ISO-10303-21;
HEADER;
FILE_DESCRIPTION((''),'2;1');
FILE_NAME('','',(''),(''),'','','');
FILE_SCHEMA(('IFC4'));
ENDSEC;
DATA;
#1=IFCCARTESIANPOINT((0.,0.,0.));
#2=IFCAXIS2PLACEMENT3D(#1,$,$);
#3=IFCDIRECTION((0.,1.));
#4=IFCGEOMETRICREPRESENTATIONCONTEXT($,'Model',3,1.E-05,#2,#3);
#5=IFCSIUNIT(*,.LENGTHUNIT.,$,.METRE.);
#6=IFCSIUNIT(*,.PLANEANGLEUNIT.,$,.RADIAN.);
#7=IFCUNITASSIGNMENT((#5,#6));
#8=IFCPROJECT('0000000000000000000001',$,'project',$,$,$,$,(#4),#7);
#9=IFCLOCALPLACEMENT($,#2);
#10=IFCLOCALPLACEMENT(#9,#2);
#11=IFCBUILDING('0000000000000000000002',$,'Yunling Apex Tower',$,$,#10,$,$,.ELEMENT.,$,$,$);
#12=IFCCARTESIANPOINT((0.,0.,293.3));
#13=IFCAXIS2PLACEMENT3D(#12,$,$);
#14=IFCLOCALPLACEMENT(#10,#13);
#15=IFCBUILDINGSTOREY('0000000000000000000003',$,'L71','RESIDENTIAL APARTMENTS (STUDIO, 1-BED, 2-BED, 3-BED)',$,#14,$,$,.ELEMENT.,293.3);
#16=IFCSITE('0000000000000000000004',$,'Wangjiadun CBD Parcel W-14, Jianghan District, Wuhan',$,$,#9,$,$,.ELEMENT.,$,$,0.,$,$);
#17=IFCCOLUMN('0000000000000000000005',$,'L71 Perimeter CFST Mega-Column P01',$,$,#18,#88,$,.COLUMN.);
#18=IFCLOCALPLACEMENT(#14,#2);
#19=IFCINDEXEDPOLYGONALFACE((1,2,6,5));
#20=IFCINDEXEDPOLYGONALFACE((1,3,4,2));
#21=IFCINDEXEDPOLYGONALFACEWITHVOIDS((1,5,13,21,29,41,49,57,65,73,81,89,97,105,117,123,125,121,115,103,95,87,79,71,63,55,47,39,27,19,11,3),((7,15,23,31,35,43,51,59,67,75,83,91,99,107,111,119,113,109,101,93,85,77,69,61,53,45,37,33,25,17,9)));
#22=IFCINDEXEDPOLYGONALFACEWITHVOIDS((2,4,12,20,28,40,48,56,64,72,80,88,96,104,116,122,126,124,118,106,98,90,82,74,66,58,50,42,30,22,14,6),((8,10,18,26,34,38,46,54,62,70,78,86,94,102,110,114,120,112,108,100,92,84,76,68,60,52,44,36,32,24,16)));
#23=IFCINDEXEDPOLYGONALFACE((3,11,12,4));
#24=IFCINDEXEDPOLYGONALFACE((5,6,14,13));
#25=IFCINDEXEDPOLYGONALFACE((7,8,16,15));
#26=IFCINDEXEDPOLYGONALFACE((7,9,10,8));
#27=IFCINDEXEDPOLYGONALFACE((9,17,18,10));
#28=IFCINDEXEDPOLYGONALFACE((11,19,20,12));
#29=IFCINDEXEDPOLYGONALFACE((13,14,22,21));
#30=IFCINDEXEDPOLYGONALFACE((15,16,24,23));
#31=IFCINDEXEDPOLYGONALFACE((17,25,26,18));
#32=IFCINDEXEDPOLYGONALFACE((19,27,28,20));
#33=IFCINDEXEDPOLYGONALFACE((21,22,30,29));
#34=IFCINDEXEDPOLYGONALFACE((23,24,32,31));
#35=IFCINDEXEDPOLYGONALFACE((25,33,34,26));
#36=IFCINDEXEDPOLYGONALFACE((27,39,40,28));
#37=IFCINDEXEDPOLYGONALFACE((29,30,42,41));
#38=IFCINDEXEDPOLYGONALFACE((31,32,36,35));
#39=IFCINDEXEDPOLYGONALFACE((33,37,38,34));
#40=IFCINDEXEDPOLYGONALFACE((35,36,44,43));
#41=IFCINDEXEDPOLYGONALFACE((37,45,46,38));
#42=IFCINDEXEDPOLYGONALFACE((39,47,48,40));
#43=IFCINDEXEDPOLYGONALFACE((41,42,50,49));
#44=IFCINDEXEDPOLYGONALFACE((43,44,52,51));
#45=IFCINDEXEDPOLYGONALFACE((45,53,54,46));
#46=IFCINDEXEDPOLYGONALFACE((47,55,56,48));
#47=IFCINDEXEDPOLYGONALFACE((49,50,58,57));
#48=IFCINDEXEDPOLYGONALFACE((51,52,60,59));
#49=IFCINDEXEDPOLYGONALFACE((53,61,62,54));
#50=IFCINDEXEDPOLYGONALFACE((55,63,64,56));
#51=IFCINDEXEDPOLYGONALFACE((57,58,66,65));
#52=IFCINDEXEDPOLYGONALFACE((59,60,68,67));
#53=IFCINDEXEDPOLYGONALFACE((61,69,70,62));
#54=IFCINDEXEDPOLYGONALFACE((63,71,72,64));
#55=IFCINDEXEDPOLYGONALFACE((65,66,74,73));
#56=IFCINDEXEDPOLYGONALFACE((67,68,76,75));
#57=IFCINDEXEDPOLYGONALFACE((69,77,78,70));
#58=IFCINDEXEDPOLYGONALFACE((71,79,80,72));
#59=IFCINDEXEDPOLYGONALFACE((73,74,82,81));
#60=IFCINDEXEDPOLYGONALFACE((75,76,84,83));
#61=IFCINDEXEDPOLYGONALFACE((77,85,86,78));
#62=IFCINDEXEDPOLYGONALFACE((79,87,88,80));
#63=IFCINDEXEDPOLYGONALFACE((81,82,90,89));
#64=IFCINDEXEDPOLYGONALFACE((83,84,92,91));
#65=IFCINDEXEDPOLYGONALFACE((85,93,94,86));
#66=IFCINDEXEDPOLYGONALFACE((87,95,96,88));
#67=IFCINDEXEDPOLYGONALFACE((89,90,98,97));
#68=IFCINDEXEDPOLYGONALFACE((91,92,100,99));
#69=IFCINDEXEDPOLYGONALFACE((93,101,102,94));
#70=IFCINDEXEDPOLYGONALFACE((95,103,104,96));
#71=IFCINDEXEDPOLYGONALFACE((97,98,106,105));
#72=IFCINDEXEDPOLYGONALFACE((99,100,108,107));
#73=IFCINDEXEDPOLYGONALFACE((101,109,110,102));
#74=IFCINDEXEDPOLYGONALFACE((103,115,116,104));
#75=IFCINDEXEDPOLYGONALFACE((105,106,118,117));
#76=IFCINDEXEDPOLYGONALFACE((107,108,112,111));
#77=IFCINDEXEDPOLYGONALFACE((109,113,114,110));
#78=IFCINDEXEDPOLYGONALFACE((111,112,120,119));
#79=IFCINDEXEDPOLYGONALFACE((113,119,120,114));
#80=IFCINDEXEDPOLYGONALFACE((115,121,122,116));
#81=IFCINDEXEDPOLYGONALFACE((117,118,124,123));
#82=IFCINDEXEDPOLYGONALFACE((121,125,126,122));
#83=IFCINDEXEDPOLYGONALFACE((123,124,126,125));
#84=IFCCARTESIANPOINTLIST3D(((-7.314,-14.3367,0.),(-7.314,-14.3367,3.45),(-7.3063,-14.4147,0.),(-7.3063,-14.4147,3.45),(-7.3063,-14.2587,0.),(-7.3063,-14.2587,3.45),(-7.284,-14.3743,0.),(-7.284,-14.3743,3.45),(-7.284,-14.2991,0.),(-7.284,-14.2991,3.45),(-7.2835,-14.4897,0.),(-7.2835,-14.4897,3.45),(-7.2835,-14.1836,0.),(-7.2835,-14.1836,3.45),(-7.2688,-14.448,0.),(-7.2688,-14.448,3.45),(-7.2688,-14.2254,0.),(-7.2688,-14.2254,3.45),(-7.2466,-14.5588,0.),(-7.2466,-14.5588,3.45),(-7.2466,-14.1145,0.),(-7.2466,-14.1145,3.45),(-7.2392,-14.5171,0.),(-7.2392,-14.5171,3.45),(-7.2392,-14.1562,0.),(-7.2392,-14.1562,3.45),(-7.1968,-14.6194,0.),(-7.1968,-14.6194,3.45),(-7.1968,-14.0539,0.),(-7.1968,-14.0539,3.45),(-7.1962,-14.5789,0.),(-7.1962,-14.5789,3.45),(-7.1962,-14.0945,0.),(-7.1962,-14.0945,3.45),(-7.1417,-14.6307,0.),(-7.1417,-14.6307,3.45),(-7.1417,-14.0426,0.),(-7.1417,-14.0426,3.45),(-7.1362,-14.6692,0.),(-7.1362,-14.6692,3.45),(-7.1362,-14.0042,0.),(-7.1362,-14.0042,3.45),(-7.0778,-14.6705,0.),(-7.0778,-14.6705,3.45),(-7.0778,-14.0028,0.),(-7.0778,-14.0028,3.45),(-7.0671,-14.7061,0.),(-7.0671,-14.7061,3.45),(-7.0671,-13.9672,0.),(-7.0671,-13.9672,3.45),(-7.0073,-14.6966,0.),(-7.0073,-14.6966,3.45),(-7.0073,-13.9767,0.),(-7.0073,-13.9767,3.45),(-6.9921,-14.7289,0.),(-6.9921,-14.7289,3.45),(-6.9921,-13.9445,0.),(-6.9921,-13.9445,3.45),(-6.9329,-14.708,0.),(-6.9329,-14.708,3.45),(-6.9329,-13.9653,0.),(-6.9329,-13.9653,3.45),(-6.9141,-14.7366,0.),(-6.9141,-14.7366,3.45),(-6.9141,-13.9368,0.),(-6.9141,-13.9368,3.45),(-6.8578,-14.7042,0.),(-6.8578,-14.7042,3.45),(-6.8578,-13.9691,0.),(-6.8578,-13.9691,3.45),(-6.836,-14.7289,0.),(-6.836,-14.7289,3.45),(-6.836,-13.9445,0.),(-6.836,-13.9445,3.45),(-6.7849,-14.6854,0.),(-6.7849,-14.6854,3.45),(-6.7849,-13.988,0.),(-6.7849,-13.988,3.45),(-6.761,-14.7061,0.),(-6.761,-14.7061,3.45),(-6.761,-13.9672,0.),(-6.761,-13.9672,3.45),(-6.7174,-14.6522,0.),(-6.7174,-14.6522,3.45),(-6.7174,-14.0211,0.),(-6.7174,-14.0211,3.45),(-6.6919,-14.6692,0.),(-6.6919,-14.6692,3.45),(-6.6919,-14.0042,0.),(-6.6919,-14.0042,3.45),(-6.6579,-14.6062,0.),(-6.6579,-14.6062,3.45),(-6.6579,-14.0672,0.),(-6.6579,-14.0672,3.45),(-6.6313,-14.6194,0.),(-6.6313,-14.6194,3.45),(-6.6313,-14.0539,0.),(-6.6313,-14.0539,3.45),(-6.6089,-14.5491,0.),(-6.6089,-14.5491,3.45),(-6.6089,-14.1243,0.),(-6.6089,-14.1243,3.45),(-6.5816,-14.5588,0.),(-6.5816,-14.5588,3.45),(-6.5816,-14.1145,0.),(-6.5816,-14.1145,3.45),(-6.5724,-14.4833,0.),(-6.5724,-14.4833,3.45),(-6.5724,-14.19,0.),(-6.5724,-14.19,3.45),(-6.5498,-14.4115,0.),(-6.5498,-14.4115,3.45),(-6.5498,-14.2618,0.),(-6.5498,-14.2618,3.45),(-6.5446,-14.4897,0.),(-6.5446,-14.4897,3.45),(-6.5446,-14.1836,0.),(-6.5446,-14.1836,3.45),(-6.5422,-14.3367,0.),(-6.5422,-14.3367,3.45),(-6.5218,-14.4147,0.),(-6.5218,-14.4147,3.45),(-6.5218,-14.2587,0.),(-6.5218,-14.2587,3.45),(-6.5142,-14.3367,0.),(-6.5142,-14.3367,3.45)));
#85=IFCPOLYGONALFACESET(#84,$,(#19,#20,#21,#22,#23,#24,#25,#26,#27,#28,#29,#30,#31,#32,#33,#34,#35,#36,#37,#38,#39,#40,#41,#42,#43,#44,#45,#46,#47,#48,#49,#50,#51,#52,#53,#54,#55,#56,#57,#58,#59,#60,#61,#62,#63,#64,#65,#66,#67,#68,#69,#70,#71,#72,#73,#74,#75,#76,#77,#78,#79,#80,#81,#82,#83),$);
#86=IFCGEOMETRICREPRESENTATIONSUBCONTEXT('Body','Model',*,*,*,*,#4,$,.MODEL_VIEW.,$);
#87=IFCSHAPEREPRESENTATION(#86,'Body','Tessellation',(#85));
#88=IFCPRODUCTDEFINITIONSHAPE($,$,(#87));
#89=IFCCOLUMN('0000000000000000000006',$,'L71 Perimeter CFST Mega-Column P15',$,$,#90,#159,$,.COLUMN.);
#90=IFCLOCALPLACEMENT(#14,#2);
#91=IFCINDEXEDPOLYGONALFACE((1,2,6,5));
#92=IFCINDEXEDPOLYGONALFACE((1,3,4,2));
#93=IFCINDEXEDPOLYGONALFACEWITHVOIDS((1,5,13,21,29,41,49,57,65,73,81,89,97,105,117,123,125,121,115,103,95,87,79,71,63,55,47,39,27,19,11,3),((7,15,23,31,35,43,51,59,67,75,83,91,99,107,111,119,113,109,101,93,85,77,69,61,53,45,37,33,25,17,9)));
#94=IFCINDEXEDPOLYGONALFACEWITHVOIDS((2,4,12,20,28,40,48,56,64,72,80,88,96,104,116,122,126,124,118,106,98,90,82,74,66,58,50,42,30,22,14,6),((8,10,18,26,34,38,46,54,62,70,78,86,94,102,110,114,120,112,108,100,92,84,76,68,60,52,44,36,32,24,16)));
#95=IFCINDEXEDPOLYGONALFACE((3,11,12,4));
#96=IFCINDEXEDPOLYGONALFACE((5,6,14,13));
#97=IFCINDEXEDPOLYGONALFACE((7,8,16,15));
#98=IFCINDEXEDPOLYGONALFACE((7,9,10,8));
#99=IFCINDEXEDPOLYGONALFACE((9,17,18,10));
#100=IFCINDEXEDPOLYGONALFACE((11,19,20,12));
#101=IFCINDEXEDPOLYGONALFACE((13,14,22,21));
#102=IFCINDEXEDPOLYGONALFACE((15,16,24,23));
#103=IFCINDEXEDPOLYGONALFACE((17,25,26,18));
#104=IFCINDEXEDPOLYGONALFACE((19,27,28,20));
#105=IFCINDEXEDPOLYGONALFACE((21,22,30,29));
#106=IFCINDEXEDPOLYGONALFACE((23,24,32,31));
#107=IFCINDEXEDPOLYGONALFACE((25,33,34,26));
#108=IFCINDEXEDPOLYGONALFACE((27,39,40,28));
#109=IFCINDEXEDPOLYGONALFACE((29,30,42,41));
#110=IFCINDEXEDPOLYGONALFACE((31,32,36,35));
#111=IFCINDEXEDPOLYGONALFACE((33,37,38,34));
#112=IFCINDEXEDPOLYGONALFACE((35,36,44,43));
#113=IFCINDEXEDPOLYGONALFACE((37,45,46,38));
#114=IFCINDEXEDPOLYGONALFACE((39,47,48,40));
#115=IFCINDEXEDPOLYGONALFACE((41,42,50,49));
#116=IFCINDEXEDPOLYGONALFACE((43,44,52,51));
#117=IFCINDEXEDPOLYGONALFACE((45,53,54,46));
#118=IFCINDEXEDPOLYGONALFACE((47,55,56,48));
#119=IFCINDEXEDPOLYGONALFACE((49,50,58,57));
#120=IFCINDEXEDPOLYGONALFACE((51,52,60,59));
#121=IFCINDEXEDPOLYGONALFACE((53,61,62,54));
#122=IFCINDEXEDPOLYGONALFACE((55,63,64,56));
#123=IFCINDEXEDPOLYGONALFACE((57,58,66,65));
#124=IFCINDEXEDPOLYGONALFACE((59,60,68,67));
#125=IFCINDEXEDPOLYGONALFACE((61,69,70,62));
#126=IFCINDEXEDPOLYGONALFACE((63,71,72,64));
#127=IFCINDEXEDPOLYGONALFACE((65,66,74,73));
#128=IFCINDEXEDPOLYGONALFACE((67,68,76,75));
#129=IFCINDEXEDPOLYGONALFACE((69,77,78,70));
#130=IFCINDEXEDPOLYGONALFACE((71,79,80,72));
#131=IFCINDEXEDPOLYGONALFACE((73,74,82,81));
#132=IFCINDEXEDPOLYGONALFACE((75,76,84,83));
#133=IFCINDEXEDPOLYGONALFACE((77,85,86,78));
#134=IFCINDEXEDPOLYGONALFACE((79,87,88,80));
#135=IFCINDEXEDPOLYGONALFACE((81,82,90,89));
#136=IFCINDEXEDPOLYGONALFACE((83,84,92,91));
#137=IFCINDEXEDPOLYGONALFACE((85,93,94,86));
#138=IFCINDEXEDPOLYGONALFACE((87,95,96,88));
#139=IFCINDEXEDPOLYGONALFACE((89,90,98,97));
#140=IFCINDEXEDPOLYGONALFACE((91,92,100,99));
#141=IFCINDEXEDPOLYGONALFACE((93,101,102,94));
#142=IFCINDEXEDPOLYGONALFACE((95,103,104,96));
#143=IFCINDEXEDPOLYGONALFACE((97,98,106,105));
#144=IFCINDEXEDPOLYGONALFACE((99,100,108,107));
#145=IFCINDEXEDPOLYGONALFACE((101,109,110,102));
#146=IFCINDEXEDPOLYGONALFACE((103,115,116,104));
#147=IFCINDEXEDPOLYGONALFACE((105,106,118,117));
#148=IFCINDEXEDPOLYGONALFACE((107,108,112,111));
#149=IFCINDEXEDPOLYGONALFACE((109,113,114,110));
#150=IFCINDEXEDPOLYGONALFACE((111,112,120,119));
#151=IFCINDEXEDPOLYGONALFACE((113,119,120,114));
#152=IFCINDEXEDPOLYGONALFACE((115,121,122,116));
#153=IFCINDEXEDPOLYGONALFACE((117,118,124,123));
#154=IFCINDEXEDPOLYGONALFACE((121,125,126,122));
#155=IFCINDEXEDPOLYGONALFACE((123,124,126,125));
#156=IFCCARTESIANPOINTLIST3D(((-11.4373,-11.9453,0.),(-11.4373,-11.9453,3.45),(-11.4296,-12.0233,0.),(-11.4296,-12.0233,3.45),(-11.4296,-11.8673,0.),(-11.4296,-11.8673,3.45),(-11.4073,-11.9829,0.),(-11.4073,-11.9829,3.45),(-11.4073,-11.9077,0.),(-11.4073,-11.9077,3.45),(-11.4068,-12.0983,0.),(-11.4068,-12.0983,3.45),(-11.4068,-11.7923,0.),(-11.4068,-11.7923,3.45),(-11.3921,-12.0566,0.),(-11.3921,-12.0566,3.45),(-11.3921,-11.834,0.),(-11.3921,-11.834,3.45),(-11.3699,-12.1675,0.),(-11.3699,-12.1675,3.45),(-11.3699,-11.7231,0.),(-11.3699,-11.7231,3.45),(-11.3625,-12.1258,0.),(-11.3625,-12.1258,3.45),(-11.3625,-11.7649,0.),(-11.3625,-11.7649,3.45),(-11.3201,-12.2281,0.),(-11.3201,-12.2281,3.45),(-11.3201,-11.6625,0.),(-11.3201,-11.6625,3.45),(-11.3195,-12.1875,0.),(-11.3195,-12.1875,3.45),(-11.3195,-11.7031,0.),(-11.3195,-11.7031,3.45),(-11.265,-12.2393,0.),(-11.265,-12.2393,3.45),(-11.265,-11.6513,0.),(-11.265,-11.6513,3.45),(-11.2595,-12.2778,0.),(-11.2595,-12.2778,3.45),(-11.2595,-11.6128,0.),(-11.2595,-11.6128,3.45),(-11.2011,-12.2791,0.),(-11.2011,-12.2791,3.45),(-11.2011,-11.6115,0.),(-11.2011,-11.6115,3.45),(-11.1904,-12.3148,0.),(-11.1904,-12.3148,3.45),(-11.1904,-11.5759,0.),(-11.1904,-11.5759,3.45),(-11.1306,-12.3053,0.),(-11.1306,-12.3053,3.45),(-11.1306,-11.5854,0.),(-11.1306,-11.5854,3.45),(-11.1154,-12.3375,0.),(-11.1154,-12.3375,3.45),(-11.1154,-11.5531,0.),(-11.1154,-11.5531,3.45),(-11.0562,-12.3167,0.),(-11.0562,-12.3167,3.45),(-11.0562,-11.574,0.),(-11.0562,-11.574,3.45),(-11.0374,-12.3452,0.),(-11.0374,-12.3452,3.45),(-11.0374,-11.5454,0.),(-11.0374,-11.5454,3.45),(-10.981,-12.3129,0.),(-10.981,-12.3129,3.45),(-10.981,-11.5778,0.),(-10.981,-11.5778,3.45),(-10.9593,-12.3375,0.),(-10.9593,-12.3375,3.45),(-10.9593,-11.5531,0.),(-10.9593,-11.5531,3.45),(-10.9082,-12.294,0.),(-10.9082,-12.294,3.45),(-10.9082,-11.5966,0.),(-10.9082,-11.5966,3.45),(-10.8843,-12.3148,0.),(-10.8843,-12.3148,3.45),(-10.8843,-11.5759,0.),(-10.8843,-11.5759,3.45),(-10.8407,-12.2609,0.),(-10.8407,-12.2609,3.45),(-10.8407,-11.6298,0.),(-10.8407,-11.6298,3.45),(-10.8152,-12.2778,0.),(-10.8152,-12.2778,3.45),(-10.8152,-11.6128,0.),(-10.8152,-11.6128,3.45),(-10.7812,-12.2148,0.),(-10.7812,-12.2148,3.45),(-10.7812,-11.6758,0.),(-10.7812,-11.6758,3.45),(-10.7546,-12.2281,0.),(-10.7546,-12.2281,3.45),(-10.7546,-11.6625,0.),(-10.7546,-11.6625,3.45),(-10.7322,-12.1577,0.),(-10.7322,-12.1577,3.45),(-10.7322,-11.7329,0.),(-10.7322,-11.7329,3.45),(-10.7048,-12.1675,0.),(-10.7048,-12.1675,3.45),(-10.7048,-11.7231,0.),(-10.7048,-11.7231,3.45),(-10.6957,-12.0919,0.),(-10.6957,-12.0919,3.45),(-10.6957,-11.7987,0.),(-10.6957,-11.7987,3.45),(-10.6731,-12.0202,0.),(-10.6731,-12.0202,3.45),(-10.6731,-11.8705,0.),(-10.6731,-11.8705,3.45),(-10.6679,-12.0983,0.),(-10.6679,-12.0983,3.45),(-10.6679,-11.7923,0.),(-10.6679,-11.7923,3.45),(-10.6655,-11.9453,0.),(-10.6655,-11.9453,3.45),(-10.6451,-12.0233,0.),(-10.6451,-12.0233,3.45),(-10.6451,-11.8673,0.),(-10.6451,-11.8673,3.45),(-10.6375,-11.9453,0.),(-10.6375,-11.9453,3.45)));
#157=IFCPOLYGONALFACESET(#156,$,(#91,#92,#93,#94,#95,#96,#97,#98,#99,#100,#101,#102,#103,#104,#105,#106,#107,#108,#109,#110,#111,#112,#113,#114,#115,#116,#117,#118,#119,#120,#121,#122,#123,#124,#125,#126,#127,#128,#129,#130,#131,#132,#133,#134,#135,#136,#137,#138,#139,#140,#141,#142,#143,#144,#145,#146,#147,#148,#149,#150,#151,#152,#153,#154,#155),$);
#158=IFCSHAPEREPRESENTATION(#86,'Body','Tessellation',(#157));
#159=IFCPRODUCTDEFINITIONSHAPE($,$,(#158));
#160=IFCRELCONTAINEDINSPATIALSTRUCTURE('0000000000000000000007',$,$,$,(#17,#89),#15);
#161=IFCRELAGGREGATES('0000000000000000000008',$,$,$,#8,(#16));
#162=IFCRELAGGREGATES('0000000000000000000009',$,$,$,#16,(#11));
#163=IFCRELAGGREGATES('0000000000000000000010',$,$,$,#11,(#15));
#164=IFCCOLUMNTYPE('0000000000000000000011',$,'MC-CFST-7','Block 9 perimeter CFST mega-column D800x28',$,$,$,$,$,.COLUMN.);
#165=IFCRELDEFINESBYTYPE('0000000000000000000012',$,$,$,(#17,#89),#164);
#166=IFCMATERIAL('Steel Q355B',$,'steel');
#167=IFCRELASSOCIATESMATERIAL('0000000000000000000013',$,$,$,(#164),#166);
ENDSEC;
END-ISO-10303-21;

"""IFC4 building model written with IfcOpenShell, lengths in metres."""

from ifc_helpers import new_model, si_unit, direction, frame, origin, origin_2d, place, context, subcontext, project, spatial, hollow_circle, extrude, source, transform, mapped, material, material_profile, profile_set, type_object, element, save


model = new_model("IFC4")

# Units and contexts
model_context = context("Model", 3, precision=1e-05, world=origin(), true_north=direction((0.0, 1.0)))
body_context = subcontext(model_context, "Body", "Model", "MODEL_VIEW")
ifc_project = project(units=[si_unit("LENGTHUNIT", "METRE"), si_unit("PLANEANGLEUNIT", "RADIAN")], contexts=[model_context])

# Site, building, storey
site_placement = place(None, origin())
site = spatial("IfcSite", under=ifc_project, at=site_placement, Name="Wangjiadun CBD Parcel W-14, Jianghan District, Wuhan", CompositionType="ELEMENT", RefElevation=0.0)
building_placement = place(site_placement, origin())
building = spatial("IfcBuilding", under=site, at=building_placement, Name="Yunling Apex Tower", CompositionType="ELEMENT")
storey_placement = place(building_placement, frame((0.0, 0.0, 293.3)))
storey = spatial("IfcBuildingStorey", under=building, at=storey_placement, Name="L71", Description="RESIDENTIAL APARTMENTS (STUDIO, 1-BED, 2-BED, 3-BED)", CompositionType="ELEMENT", Elevation=293.3)

# Columns
ifc_material_1 = material(Name="Steel Q355B", Category="steel")
ifc_material_profile_1 = material_profile(ifc_material_1, hollow_circle(Radius=0.3999, WallThickness=0.0281, at=origin_2d()))
ifc_profile_set_1 = profile_set([ifc_material_profile_1], Name="Steel Q355B")
column_type = type_object("IfcColumnType", Name="MC-CFST-7", Description="Block 9 perimeter CFST mega-column D800x28", PredefinedType="COLUMN", material=ifc_profile_set_1)
shared_shape_1 = source(origin(), body_context, "Body", "SweptSolid", [
    extrude(hollow_circle(Radius=0.3999, WallThickness=0.0281, at=origin_2d()), origin(), (0.0, 0.0, 1.0), 3.45),
])
for number, where, z_axis, x_axis, name in (
    (1, (-6.9141, -14.3367, 0.0), (0.0, 0.0, 1.0), (1.0, 0.0, 0.0), "L71 Perimeter CFST Mega-Column P01"),
    (2, (-11.0374, -11.9453, 0.0), (0.0, 0.0, 1.0), (1.0, 0.0, 0.0), "L71 Perimeter CFST Mega-Column P15"),
):
    element("IfcColumn", number, at=place(storey_placement, frame(where, z_axis=z_axis, x_axis=x_axis)), inside=storey, type_object=column_type, Name=name, PredefinedType="COLUMN", context=body_context, shape_type="MappedRepresentation", body=[
        mapped(shared_shape_1, transform((0.0, 0.0, 0.0), scale=1.0)),
    ])

save(model, "model.ifc")
